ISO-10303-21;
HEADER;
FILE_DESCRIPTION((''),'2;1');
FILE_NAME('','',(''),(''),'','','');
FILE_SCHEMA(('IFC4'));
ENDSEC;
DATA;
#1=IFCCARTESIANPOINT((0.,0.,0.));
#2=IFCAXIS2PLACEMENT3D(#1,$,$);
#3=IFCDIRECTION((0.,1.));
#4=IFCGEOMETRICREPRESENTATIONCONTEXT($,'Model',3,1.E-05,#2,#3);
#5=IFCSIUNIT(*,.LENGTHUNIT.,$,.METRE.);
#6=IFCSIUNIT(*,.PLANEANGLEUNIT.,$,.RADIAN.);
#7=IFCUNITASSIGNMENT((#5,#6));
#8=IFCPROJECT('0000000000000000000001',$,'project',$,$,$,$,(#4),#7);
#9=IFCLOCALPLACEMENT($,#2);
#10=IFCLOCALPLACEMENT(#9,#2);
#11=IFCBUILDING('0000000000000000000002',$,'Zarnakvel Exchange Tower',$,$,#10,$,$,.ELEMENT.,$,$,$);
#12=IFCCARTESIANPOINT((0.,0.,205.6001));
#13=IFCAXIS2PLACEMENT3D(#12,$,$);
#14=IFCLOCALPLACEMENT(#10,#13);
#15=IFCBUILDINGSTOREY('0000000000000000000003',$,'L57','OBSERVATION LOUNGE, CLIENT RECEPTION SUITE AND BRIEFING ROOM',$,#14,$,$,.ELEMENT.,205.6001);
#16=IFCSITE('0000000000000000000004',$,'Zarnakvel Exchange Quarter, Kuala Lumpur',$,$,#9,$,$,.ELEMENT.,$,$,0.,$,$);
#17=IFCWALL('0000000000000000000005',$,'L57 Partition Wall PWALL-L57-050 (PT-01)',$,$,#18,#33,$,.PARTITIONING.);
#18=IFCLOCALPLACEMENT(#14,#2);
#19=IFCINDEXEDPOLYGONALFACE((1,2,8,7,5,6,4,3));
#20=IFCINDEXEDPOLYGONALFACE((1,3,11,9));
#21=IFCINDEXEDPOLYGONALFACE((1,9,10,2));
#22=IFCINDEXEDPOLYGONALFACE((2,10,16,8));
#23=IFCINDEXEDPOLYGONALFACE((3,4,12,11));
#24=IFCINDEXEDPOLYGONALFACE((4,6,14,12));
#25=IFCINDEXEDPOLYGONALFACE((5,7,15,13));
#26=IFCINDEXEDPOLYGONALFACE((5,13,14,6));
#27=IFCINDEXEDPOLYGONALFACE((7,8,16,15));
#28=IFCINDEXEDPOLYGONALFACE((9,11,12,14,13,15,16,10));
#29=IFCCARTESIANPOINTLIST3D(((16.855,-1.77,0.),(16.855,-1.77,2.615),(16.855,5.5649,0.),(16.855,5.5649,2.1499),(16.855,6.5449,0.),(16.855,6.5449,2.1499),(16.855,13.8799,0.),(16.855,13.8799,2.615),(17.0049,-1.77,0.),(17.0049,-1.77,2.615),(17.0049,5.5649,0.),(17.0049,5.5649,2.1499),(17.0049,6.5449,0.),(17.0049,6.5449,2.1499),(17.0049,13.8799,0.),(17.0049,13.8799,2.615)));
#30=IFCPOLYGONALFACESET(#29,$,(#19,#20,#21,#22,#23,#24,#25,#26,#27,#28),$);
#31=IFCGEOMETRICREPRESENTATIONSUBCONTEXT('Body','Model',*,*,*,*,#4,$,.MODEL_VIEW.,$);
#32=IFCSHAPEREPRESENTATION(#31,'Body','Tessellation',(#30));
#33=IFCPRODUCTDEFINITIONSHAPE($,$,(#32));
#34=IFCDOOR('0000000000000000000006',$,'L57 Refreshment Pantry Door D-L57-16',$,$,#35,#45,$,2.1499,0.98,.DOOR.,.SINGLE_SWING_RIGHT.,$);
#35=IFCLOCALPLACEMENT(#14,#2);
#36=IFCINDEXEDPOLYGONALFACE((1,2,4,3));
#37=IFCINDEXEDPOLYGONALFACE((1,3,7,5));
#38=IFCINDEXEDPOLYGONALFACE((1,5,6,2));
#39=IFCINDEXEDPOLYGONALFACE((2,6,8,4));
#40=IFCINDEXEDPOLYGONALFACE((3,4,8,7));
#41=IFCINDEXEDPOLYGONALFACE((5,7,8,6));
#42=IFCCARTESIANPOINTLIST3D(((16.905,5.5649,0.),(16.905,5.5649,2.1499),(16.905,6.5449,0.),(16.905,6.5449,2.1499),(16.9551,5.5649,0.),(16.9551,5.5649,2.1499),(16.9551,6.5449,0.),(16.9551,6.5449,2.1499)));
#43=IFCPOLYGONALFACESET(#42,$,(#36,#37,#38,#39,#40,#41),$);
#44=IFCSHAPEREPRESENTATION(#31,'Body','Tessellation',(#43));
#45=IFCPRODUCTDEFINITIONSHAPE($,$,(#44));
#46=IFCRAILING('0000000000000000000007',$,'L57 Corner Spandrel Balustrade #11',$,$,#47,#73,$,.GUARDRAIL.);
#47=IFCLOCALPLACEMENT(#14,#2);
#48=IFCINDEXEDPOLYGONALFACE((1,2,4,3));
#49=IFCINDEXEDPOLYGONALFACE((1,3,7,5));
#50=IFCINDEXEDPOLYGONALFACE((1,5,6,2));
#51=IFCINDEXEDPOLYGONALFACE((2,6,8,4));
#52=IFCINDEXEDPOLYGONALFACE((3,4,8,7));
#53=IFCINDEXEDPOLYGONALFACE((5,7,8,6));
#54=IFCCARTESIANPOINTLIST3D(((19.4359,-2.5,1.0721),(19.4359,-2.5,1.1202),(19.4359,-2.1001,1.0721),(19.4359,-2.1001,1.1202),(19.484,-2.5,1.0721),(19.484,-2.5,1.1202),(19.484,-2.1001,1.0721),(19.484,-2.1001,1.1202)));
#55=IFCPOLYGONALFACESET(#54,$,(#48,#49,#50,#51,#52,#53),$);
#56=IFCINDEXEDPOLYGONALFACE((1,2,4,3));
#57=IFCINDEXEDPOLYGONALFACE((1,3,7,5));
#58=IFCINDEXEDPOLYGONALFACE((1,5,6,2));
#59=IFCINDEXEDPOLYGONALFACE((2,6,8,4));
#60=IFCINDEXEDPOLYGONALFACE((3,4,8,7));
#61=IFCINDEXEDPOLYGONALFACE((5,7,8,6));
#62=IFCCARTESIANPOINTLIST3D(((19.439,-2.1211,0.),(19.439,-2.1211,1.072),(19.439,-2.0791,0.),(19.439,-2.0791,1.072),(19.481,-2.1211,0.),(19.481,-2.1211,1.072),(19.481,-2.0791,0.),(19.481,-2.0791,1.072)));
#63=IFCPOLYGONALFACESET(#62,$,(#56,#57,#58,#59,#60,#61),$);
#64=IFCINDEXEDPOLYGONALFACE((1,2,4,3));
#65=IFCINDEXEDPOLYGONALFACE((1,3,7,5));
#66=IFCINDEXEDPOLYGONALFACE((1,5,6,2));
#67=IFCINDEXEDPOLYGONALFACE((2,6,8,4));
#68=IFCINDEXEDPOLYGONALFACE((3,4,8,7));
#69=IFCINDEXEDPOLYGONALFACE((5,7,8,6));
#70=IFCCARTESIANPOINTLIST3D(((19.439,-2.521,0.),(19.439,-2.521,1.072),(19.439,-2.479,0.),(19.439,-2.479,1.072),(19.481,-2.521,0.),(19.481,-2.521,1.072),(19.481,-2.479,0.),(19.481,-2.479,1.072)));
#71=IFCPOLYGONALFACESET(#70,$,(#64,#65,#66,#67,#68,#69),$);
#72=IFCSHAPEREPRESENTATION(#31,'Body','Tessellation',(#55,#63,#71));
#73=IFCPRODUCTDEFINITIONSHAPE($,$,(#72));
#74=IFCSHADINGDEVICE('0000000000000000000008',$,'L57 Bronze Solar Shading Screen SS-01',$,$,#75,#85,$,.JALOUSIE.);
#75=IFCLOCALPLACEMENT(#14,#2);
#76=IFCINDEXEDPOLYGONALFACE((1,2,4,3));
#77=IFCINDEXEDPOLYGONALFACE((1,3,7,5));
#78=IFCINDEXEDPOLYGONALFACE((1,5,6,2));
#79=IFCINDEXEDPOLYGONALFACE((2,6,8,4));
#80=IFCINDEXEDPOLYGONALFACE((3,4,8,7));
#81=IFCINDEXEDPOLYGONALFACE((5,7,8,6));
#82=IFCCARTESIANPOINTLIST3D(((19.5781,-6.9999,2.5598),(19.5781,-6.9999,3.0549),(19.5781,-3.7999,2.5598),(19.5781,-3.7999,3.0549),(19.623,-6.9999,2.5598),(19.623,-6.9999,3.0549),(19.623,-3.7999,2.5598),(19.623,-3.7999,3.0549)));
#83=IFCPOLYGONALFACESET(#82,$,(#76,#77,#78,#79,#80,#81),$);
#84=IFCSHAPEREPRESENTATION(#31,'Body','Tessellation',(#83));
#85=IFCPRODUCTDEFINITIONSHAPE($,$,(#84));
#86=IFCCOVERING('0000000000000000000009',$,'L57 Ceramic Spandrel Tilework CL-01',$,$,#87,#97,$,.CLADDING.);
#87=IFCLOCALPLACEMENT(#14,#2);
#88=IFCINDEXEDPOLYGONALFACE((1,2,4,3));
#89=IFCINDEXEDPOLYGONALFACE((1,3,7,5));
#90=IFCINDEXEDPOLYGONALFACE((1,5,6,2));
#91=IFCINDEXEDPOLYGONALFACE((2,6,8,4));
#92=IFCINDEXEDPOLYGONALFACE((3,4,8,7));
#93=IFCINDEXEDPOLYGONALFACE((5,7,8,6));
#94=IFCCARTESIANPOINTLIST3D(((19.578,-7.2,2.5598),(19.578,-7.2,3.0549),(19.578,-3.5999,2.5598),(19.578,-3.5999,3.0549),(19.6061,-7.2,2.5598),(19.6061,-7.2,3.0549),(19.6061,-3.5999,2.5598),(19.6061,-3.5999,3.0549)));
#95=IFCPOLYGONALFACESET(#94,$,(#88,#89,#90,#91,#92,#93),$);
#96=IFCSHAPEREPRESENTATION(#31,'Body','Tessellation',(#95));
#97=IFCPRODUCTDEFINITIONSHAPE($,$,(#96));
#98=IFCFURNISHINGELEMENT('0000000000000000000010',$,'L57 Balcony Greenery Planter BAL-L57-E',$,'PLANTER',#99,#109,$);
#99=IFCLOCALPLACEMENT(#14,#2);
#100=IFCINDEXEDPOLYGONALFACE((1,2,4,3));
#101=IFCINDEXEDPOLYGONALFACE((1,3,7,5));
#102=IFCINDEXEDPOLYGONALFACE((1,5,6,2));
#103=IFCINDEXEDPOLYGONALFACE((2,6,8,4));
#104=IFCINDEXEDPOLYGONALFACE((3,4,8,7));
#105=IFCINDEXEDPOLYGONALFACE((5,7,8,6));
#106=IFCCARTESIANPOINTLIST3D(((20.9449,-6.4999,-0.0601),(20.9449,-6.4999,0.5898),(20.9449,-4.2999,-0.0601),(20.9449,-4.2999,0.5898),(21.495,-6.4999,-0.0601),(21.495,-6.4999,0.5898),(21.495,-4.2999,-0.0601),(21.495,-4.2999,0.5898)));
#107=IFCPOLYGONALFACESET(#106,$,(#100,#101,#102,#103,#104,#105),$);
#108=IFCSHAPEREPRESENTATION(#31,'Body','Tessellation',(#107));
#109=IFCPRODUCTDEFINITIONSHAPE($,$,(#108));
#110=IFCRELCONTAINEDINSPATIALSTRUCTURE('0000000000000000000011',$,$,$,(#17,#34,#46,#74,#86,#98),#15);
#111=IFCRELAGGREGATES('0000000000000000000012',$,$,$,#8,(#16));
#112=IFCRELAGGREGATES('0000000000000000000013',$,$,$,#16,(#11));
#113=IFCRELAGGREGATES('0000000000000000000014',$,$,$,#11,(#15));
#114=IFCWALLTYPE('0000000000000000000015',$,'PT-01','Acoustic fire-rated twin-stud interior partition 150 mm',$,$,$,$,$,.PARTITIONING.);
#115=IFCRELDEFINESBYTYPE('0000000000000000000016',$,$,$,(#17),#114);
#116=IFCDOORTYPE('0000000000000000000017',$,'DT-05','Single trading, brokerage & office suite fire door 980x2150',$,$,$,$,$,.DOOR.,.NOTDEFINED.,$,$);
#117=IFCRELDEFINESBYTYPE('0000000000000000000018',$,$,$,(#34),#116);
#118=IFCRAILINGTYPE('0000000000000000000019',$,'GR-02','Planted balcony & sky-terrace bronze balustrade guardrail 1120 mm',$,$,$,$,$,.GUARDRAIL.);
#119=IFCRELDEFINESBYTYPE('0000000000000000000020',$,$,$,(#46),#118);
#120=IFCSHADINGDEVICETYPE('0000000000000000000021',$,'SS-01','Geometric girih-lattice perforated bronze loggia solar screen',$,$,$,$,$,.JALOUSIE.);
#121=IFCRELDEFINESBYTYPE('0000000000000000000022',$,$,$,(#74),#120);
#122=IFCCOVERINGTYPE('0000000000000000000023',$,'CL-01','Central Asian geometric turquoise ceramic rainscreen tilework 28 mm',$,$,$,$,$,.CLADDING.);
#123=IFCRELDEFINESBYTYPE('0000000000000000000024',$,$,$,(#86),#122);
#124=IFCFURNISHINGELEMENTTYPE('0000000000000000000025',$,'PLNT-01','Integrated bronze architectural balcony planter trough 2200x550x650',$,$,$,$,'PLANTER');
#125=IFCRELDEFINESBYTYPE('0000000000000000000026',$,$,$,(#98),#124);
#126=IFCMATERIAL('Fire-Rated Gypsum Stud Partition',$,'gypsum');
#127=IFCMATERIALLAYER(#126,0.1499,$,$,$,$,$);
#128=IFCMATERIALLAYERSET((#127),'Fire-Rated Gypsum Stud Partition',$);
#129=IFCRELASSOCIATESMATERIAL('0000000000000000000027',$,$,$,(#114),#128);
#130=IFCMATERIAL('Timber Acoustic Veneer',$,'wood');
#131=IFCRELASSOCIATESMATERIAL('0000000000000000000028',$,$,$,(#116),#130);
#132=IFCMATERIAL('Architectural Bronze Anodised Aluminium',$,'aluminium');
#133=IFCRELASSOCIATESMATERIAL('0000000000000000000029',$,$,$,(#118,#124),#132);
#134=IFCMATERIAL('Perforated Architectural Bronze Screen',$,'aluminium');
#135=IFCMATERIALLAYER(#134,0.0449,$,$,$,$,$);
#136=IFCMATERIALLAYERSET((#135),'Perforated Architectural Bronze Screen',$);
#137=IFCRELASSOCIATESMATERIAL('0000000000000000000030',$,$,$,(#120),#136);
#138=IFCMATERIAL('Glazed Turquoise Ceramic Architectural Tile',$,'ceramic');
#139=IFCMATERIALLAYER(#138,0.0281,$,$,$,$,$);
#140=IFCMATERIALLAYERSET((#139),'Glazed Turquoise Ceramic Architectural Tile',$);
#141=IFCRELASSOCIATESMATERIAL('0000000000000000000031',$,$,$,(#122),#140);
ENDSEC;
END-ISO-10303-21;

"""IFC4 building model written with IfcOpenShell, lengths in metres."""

from ifc_helpers import new_model, si_unit, direction, frame, frame_2d, origin, origin_2d, place, context, subcontext, project, spatial, rectangle, extrude, source, transform, mapped, material, layer, layer_set, type_object, element, fill, save


model = new_model("IFC4")

# Units and contexts
model_context = context("Model", 3, precision=1e-05, world=origin(), true_north=direction((0.0, 1.0)))
body_context = subcontext(model_context, "Body", "Model", "MODEL_VIEW")
ifc_project = project(units=[si_unit("LENGTHUNIT", "METRE"), si_unit("PLANEANGLEUNIT", "RADIAN")], contexts=[model_context])

# Site, building, storey
site_placement = place(None, origin())
site = spatial("IfcSite", under=ifc_project, at=site_placement, Name="Zarnakvel Exchange Quarter, Kuala Lumpur", CompositionType="ELEMENT", RefElevation=0.0)
building_placement = place(site_placement, origin())
building = spatial("IfcBuilding", under=site, at=building_placement, Name="Zarnakvel Exchange Tower", CompositionType="ELEMENT")
storey_placement = place(building_placement, frame((0.0, 0.0, 205.6001)))
storey = spatial("IfcBuildingStorey", under=building, at=storey_placement, Name="L57", Description="OBSERVATION LOUNGE, CLIENT RECEPTION SUITE AND BRIEFING ROOM", CompositionType="ELEMENT", Elevation=205.6001)

# Shared definitions
ifc_material_1 = material(Name="Architectural Bronze Anodised Aluminium", Category="aluminium")

# Shared definitions
ifc_material_2 = material(Name="Fire-Rated Gypsum Stud Partition", Category="gypsum")
ifc_layer_1 = layer(ifc_material_2, 0.1499)
ifc_layer_set_1 = layer_set([ifc_layer_1], Name="Fire-Rated Gypsum Stud Partition")
wall_type_1 = type_object("IfcWallType", Name="PT-01", Description="Acoustic fire-rated twin-stud interior partition 150 mm", PredefinedType="PARTITIONING", material=ifc_layer_set_1)

# Wall, opening, door
wall_1_placement = place(storey_placement, frame((16.9299, -1.77, 0.0), z_axis=(0.0, 0.0, 1.0), x_axis=(0.0, 1.0, 0.0)))
wall_1 = element("IfcWall", 1, at=wall_1_placement, inside=storey, type_object=wall_type_1, Name="L57 Partition Wall PWALL-L57-050 (PT-01)", PredefinedType="PARTITIONING", context=body_context, shape_type="SweptSolid", body=[
    extrude(rectangle(XDim=15.6499, YDim=0.1499, at=frame_2d((7.825, 0.0))), origin(), (0.0, 0.0, 1.0), 2.615),
])
opening_1_placement = place(wall_1_placement, frame((7.335, 0.0, 0.0)))
opening_1 = element("IfcOpeningElement", 2, at=opening_1_placement, cuts=wall_1, PredefinedType="OPENING", context=body_context, shape_type="SweptSolid", body=[
    extrude(rectangle(XDim=0.98, YDim=2.1499, at=frame_2d((0.49, 1.075))), frame((0.0, 0.085, 0.0), z_axis=(0.0, -1.0, 0.0), x_axis=(1.0, 0.0, 0.0)), (0.0, 0.0, 1.0), 0.1699),
])
ifc_material_3 = material(Name="Timber Acoustic Veneer", Category="wood")
door_type_1 = type_object("IfcDoorType", Name="DT-05", Description="Single trading, brokerage & office suite fire door 980x2150", OperationType="NOTDEFINED", PredefinedType="DOOR", material=ifc_material_3)
shared_shape_1 = source(origin(), body_context, "Body", "SweptSolid", [
    extrude(rectangle(XDim=0.98, YDim=2.1499, at=frame_2d((0.49, 1.075))), frame((0.0, 0.0249, 0.0), z_axis=(0.0, -1.0, 0.0), x_axis=(1.0, 0.0, 0.0)), (0.0, 0.0, 1.0), 0.05),
])
door_1_placement = place(opening_1_placement, origin())
door_1 = element("IfcDoor", 3, at=door_1_placement, inside=storey, type_object=door_type_1, Name="L57 Refreshment Pantry Door D-L57-16", OperationType="SINGLE_SWING_RIGHT", OverallHeight=2.1499, OverallWidth=0.98, PredefinedType="DOOR", context=body_context, shape_type="MappedRepresentation", body=[
    mapped(shared_shape_1, transform((0.0, 0.0, 0.0), x_axis=(1.0, 0.0, 0.0), y_axis=(0.0, 1.0, 0.0), z_axis=(0.0, 0.0, 1.0), scale=1.0)),
])
fill(opening_1, door_1)

# Railing
railing_type = type_object("IfcRailingType", Name="GR-02", Description="Planted balcony & sky-terrace bronze balustrade guardrail 1120 mm", PredefinedType="GUARDRAIL", material=ifc_material_1)
railing_placement = place(storey_placement, frame((19.46, -2.1001, 0.0)))
element("IfcRailing", 4, at=railing_placement, inside=storey, type_object=railing_type, Name="L57 Corner Spandrel Balustrade #11", PredefinedType="GUARDRAIL", context=body_context, shape_type="SweptSolid", body=[
    extrude(rectangle(XDim=0.0481, YDim=0.0481, at=origin_2d()), frame((0.0, 0.0, 1.0962), z_axis=(0.0, -1.0, 0.0), x_axis=(1.0, 0.0, 0.0)), (0.0, 0.0, 1.0), 0.3999),
    extrude(rectangle(XDim=0.042, YDim=0.042, at=origin_2d()), origin(), (0.0, 0.0, 1.0), 1.072),
    extrude(rectangle(XDim=0.042, YDim=0.042, at=origin_2d()), frame((0.0, -0.3999, 0.0)), (0.0, 0.0, 1.0), 1.072),
])

# Shading device
ifc_material_4 = material(Name="Perforated Architectural Bronze Screen", Category="aluminium")
ifc_layer_2 = layer(ifc_material_4, 0.0449)
ifc_layer_set_2 = layer_set([ifc_layer_2], Name="Perforated Architectural Bronze Screen")
shading_device_type = type_object("IfcShadingDeviceType", Name="SS-01", Description="Geometric girih-lattice perforated bronze loggia solar screen", PredefinedType="JALOUSIE", material=ifc_layer_set_2)
shared_shape_2 = source(origin(), body_context, "Body", "SweptSolid", [
    extrude(rectangle(XDim=3.2, YDim=0.0449, at=origin_2d()), origin(), (0.0, 0.0, 1.0), 0.4951),
])
shading_device_placement = place(storey_placement, frame((19.6006, -5.3999, 2.5598), z_axis=(0.0, 0.0, 1.0), x_axis=(0.0, -1.0, 0.0)))
element("IfcShadingDevice", 5, at=shading_device_placement, inside=storey, type_object=shading_device_type, Name="L57 Bronze Solar Shading Screen SS-01", PredefinedType="JALOUSIE", context=body_context, shape_type="MappedRepresentation", body=[
    mapped(shared_shape_2, transform((0.0, 0.0, 0.0), x_axis=(1.0, 0.0, 0.0), y_axis=(0.0, 1.0, 0.0), z_axis=(0.0, 0.0, 1.0), scale=1.0)),
])

# Covering
ifc_material_5 = material(Name="Glazed Turquoise Ceramic Architectural Tile", Category="ceramic")
ifc_layer_3 = layer(ifc_material_5, 0.0281)
ifc_layer_set_3 = layer_set([ifc_layer_3], Name="Glazed Turquoise Ceramic Architectural Tile")
covering_type = type_object("IfcCoveringType", Name="CL-01", Description="Central Asian geometric turquoise ceramic rainscreen tilework 28 mm", PredefinedType="CLADDING", material=ifc_layer_set_3)
shared_shape_3 = source(origin(), body_context, "Body", "SweptSolid", [
    extrude(rectangle(XDim=3.6001, YDim=0.0281, at=origin_2d()), origin(), (0.0, 0.0, 1.0), 0.4951),
])
covering_placement = place(storey_placement, frame((19.592, -5.3999, 2.5598), z_axis=(0.0, 0.0, 1.0), x_axis=(0.0, -1.0, 0.0)))
element("IfcCovering", 6, at=covering_placement, inside=storey, type_object=covering_type, Name="L57 Ceramic Spandrel Tilework CL-01", PredefinedType="CLADDING", context=body_context, shape_type="MappedRepresentation", body=[
    mapped(shared_shape_3, transform((0.0, 0.0, 0.0), x_axis=(1.0, 0.0, 0.0), y_axis=(0.0, 1.0, 0.0), z_axis=(0.0, 0.0, 1.0), scale=1.0)),
])

# Furnishing element
furnishing_element_type = type_object("IfcFurnishingElementType", Name="PLNT-01", Description="Integrated bronze architectural balcony planter trough 2200x550x650", ElementType="PLANTER", material=ifc_material_1)
shared_shape_4 = source(origin(), body_context, "Body", "SweptSolid", [
    extrude(rectangle(XDim=2.2, YDim=0.55, at=origin_2d()), origin(), (0.0, 0.0, 1.0), 0.6499),
])
furnishing_placement = place(storey_placement, frame((21.22, -5.3999, -0.0601), z_axis=(0.0, 0.0, 1.0), x_axis=(0.0, 1.0, 0.0)))
element("IfcFurnishingElement", 7, at=furnishing_placement, inside=storey, type_object=furnishing_element_type, Name="L57 Balcony Greenery Planter BAL-L57-E", ObjectType="PLANTER", context=body_context, shape_type="MappedRepresentation", body=[
    mapped(shared_shape_4, transform((0.0, 0.0, 0.0), x_axis=(1.0, 0.0, 0.0), y_axis=(0.0, 1.0, 0.0), z_axis=(0.0, 0.0, 1.0), scale=1.0)),
])

save(model, "model.ifc")
